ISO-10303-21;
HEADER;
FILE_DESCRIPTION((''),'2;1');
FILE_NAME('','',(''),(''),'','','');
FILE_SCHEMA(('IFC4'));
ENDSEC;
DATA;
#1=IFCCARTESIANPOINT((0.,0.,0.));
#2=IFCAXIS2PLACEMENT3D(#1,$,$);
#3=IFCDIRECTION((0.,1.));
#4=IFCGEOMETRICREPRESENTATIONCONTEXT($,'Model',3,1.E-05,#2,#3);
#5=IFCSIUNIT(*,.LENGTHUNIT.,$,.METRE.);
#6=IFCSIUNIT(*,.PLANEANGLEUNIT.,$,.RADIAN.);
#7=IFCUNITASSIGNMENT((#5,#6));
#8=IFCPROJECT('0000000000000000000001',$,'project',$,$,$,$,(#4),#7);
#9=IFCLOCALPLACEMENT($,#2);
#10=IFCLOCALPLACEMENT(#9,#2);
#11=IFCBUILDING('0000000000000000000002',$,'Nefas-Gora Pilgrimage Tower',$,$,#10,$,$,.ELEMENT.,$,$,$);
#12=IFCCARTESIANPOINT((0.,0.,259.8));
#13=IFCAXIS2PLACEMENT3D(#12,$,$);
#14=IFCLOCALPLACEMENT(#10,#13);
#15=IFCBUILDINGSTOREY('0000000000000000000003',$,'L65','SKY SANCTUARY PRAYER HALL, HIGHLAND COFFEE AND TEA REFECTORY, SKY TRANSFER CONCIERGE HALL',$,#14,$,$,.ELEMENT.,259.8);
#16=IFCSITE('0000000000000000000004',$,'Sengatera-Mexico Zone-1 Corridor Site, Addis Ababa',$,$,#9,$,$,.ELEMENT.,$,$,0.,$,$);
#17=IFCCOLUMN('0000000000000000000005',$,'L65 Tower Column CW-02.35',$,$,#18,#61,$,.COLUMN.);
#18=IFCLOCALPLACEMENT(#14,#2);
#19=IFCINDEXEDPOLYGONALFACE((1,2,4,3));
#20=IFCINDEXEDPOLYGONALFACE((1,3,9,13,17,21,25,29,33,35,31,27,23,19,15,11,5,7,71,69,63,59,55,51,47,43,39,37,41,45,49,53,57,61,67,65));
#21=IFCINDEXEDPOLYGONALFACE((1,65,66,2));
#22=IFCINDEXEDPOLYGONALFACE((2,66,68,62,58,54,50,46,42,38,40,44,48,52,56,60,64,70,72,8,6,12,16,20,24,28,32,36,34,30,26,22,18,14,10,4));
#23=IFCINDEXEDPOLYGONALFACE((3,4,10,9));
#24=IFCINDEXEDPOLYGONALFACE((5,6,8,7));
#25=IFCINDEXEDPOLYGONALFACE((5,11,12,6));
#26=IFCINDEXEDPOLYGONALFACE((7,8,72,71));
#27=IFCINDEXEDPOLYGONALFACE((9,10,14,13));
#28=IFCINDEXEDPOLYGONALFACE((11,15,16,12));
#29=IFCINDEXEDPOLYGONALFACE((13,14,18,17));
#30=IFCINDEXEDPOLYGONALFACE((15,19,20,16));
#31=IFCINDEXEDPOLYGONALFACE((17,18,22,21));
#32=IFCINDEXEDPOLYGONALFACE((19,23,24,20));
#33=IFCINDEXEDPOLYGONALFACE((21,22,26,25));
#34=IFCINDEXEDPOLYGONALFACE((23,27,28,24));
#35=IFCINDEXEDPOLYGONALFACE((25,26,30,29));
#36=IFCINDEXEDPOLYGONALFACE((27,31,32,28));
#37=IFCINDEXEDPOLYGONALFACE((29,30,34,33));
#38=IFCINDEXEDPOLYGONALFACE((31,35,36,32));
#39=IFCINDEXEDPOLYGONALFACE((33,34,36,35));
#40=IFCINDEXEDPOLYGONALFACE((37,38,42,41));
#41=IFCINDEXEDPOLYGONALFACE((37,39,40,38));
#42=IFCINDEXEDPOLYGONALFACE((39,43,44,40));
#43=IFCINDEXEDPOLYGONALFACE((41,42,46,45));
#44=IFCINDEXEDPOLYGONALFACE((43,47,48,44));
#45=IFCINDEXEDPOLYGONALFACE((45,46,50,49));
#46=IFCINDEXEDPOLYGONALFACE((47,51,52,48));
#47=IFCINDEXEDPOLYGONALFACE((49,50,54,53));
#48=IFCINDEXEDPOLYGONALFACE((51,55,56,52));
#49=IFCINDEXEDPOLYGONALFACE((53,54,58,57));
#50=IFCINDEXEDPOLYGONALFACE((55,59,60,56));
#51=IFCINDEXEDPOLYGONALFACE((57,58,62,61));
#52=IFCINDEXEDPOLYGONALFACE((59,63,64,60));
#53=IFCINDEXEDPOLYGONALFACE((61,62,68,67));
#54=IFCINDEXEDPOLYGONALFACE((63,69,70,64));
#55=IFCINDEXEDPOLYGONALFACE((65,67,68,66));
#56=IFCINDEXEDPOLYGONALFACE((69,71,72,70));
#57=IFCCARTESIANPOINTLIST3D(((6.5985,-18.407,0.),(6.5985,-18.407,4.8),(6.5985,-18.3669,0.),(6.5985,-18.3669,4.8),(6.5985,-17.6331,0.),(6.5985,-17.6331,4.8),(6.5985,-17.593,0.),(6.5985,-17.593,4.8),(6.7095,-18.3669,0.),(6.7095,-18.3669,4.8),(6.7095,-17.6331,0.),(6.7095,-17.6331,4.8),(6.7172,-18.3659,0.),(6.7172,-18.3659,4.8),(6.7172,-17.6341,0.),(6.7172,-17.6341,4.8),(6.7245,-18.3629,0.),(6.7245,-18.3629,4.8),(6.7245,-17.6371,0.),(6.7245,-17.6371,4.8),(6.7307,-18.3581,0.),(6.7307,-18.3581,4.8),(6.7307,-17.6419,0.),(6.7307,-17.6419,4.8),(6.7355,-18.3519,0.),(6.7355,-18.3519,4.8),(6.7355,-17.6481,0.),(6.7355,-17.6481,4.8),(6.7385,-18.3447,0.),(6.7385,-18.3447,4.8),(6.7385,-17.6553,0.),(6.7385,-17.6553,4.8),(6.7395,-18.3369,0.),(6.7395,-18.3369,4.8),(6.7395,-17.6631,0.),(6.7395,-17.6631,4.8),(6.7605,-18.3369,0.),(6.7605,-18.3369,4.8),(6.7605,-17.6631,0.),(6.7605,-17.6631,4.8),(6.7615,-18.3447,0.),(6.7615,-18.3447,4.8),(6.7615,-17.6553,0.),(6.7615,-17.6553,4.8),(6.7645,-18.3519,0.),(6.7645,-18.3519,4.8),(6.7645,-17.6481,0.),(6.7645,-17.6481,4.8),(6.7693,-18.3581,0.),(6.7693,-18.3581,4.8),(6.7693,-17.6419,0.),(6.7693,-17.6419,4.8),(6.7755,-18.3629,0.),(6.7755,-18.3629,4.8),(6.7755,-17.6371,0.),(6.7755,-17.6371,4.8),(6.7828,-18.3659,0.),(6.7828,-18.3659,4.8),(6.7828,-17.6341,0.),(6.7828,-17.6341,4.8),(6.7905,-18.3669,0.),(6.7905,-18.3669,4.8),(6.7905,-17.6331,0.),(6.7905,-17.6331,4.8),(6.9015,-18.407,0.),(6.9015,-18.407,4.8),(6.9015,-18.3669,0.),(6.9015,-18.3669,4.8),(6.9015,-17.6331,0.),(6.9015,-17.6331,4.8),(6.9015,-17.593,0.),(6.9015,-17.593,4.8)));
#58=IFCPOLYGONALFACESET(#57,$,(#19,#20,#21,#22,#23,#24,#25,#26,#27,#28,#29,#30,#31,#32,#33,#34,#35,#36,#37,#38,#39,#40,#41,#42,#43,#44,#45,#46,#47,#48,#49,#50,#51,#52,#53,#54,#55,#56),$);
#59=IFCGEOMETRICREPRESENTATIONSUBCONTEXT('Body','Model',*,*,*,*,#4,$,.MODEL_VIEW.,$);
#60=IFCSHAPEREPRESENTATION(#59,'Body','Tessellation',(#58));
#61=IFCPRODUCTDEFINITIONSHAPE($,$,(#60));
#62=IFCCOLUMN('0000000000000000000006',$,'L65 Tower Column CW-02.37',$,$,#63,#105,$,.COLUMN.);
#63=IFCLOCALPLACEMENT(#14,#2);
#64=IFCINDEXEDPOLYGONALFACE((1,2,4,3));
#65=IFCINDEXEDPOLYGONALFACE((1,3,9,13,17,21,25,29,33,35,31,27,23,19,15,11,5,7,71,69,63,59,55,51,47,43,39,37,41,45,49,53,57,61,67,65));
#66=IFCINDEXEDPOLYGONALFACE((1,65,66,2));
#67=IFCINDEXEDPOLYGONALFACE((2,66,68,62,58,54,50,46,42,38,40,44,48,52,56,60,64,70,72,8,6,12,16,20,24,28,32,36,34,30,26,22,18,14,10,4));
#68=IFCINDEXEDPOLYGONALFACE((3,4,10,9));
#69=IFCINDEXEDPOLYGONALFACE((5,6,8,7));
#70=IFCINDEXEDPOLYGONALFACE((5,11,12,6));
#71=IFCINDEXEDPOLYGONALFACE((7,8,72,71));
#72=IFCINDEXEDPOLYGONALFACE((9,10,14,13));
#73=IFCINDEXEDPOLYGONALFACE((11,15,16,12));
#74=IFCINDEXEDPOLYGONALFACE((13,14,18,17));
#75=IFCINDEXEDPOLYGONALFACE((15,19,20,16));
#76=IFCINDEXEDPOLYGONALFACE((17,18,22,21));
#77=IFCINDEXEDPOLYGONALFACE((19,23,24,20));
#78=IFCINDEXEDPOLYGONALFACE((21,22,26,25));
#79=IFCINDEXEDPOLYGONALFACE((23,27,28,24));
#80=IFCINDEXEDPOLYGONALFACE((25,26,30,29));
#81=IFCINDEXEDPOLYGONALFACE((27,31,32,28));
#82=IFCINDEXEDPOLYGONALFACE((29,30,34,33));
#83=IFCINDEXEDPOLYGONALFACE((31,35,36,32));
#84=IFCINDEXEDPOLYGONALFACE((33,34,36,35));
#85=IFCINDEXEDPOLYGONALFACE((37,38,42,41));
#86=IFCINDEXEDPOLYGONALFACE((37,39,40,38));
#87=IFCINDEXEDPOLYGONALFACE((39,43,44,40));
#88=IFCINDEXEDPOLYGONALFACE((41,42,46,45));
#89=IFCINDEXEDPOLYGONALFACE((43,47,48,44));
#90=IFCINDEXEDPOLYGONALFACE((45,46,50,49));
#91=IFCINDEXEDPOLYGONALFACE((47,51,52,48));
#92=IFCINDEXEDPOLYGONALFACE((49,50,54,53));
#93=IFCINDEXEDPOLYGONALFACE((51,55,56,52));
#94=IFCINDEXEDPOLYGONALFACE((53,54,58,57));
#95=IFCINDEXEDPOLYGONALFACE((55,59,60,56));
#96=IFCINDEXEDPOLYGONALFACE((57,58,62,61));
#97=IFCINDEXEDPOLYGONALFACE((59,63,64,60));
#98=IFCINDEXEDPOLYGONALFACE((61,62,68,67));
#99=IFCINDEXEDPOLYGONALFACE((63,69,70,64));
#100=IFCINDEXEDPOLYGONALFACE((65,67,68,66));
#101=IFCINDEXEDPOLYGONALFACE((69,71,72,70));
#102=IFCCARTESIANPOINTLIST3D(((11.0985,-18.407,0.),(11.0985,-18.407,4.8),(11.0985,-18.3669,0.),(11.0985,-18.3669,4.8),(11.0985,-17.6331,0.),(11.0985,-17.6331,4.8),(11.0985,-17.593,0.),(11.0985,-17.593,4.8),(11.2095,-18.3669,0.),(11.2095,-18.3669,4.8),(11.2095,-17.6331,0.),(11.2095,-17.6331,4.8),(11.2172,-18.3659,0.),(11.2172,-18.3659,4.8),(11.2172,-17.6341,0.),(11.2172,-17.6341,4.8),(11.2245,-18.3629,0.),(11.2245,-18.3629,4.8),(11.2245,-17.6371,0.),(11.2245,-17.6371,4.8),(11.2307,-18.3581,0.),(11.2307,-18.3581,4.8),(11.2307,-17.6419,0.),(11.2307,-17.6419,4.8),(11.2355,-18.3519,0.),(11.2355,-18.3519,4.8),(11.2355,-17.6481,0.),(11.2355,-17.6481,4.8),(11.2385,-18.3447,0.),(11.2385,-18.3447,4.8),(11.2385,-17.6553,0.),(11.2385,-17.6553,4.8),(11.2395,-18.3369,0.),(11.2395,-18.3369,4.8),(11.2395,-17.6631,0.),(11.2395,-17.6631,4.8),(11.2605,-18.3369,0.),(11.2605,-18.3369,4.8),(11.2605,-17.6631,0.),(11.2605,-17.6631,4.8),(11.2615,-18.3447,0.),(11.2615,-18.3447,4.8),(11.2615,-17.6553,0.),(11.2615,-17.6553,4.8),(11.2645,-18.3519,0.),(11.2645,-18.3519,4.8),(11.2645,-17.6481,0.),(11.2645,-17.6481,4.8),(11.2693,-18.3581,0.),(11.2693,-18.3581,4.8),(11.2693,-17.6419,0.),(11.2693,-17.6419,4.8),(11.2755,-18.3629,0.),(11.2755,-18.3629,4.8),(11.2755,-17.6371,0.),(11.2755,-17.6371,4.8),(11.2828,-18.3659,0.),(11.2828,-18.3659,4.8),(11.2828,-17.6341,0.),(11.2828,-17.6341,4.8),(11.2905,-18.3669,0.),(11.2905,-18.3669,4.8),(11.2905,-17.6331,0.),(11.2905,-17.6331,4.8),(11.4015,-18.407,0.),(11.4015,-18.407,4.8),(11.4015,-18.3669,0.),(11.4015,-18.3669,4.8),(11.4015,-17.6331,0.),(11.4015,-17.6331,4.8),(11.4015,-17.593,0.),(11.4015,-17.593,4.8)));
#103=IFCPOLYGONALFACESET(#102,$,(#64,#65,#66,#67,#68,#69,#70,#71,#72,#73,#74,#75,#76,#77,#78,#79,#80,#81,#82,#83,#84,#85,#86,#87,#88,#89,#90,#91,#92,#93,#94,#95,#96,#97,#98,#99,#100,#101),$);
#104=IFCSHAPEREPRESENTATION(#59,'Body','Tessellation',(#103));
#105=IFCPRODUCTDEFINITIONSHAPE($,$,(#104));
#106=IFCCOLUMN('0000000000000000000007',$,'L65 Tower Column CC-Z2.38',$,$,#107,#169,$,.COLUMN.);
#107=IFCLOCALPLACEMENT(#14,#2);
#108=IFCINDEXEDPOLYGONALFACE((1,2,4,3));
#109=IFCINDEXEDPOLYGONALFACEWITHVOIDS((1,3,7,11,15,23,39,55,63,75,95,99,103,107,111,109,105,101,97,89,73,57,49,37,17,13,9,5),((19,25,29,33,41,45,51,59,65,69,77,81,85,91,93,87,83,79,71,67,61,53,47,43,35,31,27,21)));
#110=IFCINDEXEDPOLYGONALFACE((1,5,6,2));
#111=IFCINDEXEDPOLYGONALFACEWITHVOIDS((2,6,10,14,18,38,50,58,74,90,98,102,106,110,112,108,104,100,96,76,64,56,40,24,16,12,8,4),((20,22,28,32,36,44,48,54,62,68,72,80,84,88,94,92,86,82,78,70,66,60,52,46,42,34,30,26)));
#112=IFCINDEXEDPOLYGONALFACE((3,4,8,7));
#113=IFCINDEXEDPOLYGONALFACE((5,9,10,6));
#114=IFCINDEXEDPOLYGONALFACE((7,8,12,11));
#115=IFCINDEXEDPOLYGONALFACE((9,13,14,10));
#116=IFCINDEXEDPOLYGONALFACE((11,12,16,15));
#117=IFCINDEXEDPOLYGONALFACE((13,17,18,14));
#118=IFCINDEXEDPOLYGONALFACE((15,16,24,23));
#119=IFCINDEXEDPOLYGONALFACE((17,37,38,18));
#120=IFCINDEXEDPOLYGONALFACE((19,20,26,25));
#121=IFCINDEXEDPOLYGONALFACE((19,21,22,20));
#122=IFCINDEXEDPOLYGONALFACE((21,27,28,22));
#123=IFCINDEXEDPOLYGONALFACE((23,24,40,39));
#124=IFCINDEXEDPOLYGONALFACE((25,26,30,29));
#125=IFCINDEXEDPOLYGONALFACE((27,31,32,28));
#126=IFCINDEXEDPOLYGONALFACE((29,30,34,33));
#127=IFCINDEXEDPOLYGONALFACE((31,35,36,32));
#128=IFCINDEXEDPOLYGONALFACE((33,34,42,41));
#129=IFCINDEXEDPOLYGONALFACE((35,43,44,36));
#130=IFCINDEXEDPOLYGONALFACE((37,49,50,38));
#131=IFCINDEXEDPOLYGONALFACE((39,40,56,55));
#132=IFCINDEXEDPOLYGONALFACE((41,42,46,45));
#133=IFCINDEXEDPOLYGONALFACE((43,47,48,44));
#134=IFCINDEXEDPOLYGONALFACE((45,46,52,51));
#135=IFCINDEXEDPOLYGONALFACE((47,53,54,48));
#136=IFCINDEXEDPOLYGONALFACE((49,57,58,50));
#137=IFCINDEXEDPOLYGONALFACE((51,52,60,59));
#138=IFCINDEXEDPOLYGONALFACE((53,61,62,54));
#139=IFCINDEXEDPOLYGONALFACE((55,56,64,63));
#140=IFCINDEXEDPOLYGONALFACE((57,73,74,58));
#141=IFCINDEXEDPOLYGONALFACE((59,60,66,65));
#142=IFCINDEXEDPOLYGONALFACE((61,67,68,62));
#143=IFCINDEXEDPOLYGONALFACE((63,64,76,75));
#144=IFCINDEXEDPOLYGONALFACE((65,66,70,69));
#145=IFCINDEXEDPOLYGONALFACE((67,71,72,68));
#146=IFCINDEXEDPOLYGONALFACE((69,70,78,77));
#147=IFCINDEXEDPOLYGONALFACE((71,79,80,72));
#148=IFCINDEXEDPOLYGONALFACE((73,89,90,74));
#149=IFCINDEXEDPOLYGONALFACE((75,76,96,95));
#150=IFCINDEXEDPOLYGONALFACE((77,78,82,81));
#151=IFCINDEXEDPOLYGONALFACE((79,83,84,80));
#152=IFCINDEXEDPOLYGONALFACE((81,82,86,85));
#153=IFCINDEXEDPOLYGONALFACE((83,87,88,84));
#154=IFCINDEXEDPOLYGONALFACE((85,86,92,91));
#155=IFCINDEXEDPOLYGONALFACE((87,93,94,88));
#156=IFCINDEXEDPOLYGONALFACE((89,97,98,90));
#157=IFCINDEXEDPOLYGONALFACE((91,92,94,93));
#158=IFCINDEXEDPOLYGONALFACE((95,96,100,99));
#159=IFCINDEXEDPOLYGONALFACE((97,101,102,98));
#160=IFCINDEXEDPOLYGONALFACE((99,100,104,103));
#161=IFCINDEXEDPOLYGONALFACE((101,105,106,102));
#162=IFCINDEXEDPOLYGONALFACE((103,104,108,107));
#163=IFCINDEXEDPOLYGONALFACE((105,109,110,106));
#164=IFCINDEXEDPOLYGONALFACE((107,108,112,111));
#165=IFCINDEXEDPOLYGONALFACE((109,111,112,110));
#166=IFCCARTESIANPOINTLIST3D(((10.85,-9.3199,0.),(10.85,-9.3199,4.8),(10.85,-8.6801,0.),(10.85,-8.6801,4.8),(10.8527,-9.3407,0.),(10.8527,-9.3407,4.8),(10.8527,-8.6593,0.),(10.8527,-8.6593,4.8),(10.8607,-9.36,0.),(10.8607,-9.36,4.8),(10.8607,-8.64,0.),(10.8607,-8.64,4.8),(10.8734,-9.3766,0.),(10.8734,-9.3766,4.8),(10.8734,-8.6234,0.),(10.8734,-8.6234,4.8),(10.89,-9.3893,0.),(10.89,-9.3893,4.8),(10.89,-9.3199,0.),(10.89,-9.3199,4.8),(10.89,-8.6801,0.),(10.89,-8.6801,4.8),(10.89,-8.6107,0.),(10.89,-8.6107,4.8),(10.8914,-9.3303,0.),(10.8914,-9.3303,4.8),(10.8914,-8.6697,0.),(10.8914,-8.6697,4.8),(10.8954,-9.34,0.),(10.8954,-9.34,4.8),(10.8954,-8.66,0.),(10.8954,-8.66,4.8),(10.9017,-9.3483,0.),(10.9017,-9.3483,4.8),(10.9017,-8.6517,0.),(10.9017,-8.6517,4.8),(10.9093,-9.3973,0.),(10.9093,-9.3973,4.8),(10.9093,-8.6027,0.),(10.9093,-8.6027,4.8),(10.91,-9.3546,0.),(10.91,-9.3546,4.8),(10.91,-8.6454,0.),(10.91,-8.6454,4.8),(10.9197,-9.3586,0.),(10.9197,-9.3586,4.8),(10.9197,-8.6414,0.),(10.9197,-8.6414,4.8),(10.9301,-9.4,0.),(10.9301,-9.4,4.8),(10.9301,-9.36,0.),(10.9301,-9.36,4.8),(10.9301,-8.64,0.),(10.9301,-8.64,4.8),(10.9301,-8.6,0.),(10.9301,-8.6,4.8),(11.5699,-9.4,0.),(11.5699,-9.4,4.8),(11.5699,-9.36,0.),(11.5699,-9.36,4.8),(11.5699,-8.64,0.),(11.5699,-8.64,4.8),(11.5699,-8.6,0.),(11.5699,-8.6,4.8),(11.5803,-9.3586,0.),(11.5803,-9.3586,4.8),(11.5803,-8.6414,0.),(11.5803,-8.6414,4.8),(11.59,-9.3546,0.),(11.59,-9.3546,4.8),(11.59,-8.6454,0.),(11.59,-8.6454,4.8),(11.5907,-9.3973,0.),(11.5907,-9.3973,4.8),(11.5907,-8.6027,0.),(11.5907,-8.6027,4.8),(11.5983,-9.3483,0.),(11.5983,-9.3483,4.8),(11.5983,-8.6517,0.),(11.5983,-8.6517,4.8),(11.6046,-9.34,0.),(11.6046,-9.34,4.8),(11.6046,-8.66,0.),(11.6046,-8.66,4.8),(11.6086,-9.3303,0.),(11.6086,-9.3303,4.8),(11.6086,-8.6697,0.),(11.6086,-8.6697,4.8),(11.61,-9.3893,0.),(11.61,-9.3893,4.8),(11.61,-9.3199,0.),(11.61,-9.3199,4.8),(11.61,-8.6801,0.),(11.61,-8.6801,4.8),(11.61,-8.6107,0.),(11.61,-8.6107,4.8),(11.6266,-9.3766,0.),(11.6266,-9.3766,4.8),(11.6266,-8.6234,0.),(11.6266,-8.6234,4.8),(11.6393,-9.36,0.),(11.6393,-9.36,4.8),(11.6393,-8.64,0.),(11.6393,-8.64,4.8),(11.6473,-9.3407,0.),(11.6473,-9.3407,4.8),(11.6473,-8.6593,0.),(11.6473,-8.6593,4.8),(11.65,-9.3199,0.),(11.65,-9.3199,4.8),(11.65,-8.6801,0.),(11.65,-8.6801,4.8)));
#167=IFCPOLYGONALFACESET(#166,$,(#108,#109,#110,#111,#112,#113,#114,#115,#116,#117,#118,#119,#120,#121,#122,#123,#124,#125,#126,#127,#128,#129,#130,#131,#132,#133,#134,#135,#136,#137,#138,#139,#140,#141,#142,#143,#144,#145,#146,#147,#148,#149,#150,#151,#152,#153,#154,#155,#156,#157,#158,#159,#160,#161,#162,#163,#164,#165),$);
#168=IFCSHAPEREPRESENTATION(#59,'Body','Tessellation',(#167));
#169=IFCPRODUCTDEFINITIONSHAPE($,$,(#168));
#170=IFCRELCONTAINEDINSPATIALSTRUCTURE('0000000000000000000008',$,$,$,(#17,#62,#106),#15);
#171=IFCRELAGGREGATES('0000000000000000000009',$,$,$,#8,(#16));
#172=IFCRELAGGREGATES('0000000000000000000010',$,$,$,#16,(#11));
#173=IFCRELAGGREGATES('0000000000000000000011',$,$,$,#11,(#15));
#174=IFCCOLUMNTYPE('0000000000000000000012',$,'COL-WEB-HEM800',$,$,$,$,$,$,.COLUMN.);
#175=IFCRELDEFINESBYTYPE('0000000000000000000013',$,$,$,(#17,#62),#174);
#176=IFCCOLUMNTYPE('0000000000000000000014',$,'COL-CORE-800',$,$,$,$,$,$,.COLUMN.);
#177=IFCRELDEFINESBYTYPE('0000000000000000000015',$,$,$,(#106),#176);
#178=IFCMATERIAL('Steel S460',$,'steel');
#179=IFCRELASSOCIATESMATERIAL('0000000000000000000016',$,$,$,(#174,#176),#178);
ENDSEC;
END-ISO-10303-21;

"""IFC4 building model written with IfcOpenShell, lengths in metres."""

from ifc_helpers import new_model, si_unit, direction, frame, origin, origin_2d, place, context, subcontext, project, spatial, hollow_rectangle, i_section, extrude, source, transform, mapped, material, material_profile, profile_set, type_object, element, save


model = new_model("IFC4")

# Units and contexts
model_context = context("Model", 3, precision=1e-05, world=origin(), true_north=direction((0.0, 1.0)))
body_context = subcontext(model_context, "Body", "Model", "MODEL_VIEW")
ifc_project = project(units=[si_unit("LENGTHUNIT", "METRE"), si_unit("PLANEANGLEUNIT", "RADIAN")], contexts=[model_context])

# Site, building, storey
site_placement = place(None, origin())
site = spatial("IfcSite", under=ifc_project, at=site_placement, Name="Sengatera-Mexico Zone-1 Corridor Site, Addis Ababa", CompositionType="ELEMENT", RefElevation=0.0)
building_placement = place(site_placement, origin())
building = spatial("IfcBuilding", under=site, at=building_placement, Name="Nefas-Gora Pilgrimage Tower", CompositionType="ELEMENT")
storey_placement = place(building_placement, frame((0.0, 0.0, 259.8)))
storey = spatial("IfcBuildingStorey", under=building, at=storey_placement, Name="L65", Description="SKY SANCTUARY PRAYER HALL, HIGHLAND COFFEE AND TEA REFECTORY, SKY TRANSFER CONCIERGE HALL", CompositionType="ELEMENT", Elevation=259.8)

# Columns
ifc_material_1 = material(Name="Steel S460", Category="steel")
ifc_material_profile_1 = material_profile(ifc_material_1, i_section(OverallWidth=0.303, OverallDepth=0.814, WebThickness=0.021, FlangeThickness=0.04, FilletRadius=0.03, at=origin_2d()), Name="HEM 800")
ifc_profile_set_1 = profile_set([ifc_material_profile_1], Name="Steel S460")
column_type_1 = type_object("IfcColumnType", Name="COL-WEB-HEM800", PredefinedType="COLUMN", material=ifc_profile_set_1)
shared_shape_1 = source(origin(), body_context, "Body", "SweptSolid", [
    extrude(i_section(OverallWidth=0.303, OverallDepth=0.814, WebThickness=0.021, FlangeThickness=0.04, FilletRadius=0.03, at=origin_2d()), origin(), (0.0, 0.0, 1.0), 4.8),
])
for number, where, z_axis, x_axis, name in (
    (1, (6.75, -18.0, 0.0), (0.0, 0.0, 1.0), (1.0, 0.0, 0.0), "L65 Tower Column CW-02.35"),
    (2, (11.25, -18.0, 0.0), (0.0, 0.0, 1.0), (1.0, 0.0, 0.0), "L65 Tower Column CW-02.37"),
):
    element("IfcColumn", number, at=place(storey_placement, frame(where, z_axis=z_axis, x_axis=x_axis)), inside=storey, type_object=column_type_1, Name=name, PredefinedType="COLUMN", context=body_context, shape_type="MappedRepresentation", body=[
        mapped(shared_shape_1, transform((0.0, 0.0, 0.0), x_axis=(1.0, 0.0, 0.0), y_axis=(0.0, 1.0, 0.0), z_axis=(0.0, 0.0, 1.0), scale=1.0)),
    ])
ifc_material_profile_2 = material_profile(ifc_material_1, hollow_rectangle(XDim=0.8, YDim=0.8, WallThickness=0.04, InnerFilletRadius=0.04, OuterFilletRadius=0.0801, at=origin_2d()), Name="BOX 800x800x40")
ifc_profile_set_2 = profile_set([ifc_material_profile_2], Name="Steel S460")
column_type_2 = type_object("IfcColumnType", Name="COL-CORE-800", PredefinedType="COLUMN", material=ifc_profile_set_2)
shared_shape_2 = source(origin(), body_context, "Body", "SweptSolid", [
    extrude(hollow_rectangle(XDim=0.8, YDim=0.8, WallThickness=0.04, InnerFilletRadius=0.04, OuterFilletRadius=0.0801, at=origin_2d()), origin(), (0.0, 0.0, 1.0), 4.8),
])
column_1_placement = place(storey_placement, frame((11.25, -9.0, 0.0), z_axis=(0.0, 0.0, 1.0), x_axis=(1.0, 0.0, 0.0)))
element("IfcColumn", 3, at=column_1_placement, inside=storey, type_object=column_type_2, Name="L65 Tower Column CC-Z2.38", PredefinedType="COLUMN", context=body_context, shape_type="MappedRepresentation", body=[
    mapped(shared_shape_2, transform((0.0, 0.0, 0.0), x_axis=(1.0, 0.0, 0.0), y_axis=(0.0, 1.0, 0.0), z_axis=(0.0, 0.0, 1.0), scale=1.0)),
])

save(model, "model.ifc")
